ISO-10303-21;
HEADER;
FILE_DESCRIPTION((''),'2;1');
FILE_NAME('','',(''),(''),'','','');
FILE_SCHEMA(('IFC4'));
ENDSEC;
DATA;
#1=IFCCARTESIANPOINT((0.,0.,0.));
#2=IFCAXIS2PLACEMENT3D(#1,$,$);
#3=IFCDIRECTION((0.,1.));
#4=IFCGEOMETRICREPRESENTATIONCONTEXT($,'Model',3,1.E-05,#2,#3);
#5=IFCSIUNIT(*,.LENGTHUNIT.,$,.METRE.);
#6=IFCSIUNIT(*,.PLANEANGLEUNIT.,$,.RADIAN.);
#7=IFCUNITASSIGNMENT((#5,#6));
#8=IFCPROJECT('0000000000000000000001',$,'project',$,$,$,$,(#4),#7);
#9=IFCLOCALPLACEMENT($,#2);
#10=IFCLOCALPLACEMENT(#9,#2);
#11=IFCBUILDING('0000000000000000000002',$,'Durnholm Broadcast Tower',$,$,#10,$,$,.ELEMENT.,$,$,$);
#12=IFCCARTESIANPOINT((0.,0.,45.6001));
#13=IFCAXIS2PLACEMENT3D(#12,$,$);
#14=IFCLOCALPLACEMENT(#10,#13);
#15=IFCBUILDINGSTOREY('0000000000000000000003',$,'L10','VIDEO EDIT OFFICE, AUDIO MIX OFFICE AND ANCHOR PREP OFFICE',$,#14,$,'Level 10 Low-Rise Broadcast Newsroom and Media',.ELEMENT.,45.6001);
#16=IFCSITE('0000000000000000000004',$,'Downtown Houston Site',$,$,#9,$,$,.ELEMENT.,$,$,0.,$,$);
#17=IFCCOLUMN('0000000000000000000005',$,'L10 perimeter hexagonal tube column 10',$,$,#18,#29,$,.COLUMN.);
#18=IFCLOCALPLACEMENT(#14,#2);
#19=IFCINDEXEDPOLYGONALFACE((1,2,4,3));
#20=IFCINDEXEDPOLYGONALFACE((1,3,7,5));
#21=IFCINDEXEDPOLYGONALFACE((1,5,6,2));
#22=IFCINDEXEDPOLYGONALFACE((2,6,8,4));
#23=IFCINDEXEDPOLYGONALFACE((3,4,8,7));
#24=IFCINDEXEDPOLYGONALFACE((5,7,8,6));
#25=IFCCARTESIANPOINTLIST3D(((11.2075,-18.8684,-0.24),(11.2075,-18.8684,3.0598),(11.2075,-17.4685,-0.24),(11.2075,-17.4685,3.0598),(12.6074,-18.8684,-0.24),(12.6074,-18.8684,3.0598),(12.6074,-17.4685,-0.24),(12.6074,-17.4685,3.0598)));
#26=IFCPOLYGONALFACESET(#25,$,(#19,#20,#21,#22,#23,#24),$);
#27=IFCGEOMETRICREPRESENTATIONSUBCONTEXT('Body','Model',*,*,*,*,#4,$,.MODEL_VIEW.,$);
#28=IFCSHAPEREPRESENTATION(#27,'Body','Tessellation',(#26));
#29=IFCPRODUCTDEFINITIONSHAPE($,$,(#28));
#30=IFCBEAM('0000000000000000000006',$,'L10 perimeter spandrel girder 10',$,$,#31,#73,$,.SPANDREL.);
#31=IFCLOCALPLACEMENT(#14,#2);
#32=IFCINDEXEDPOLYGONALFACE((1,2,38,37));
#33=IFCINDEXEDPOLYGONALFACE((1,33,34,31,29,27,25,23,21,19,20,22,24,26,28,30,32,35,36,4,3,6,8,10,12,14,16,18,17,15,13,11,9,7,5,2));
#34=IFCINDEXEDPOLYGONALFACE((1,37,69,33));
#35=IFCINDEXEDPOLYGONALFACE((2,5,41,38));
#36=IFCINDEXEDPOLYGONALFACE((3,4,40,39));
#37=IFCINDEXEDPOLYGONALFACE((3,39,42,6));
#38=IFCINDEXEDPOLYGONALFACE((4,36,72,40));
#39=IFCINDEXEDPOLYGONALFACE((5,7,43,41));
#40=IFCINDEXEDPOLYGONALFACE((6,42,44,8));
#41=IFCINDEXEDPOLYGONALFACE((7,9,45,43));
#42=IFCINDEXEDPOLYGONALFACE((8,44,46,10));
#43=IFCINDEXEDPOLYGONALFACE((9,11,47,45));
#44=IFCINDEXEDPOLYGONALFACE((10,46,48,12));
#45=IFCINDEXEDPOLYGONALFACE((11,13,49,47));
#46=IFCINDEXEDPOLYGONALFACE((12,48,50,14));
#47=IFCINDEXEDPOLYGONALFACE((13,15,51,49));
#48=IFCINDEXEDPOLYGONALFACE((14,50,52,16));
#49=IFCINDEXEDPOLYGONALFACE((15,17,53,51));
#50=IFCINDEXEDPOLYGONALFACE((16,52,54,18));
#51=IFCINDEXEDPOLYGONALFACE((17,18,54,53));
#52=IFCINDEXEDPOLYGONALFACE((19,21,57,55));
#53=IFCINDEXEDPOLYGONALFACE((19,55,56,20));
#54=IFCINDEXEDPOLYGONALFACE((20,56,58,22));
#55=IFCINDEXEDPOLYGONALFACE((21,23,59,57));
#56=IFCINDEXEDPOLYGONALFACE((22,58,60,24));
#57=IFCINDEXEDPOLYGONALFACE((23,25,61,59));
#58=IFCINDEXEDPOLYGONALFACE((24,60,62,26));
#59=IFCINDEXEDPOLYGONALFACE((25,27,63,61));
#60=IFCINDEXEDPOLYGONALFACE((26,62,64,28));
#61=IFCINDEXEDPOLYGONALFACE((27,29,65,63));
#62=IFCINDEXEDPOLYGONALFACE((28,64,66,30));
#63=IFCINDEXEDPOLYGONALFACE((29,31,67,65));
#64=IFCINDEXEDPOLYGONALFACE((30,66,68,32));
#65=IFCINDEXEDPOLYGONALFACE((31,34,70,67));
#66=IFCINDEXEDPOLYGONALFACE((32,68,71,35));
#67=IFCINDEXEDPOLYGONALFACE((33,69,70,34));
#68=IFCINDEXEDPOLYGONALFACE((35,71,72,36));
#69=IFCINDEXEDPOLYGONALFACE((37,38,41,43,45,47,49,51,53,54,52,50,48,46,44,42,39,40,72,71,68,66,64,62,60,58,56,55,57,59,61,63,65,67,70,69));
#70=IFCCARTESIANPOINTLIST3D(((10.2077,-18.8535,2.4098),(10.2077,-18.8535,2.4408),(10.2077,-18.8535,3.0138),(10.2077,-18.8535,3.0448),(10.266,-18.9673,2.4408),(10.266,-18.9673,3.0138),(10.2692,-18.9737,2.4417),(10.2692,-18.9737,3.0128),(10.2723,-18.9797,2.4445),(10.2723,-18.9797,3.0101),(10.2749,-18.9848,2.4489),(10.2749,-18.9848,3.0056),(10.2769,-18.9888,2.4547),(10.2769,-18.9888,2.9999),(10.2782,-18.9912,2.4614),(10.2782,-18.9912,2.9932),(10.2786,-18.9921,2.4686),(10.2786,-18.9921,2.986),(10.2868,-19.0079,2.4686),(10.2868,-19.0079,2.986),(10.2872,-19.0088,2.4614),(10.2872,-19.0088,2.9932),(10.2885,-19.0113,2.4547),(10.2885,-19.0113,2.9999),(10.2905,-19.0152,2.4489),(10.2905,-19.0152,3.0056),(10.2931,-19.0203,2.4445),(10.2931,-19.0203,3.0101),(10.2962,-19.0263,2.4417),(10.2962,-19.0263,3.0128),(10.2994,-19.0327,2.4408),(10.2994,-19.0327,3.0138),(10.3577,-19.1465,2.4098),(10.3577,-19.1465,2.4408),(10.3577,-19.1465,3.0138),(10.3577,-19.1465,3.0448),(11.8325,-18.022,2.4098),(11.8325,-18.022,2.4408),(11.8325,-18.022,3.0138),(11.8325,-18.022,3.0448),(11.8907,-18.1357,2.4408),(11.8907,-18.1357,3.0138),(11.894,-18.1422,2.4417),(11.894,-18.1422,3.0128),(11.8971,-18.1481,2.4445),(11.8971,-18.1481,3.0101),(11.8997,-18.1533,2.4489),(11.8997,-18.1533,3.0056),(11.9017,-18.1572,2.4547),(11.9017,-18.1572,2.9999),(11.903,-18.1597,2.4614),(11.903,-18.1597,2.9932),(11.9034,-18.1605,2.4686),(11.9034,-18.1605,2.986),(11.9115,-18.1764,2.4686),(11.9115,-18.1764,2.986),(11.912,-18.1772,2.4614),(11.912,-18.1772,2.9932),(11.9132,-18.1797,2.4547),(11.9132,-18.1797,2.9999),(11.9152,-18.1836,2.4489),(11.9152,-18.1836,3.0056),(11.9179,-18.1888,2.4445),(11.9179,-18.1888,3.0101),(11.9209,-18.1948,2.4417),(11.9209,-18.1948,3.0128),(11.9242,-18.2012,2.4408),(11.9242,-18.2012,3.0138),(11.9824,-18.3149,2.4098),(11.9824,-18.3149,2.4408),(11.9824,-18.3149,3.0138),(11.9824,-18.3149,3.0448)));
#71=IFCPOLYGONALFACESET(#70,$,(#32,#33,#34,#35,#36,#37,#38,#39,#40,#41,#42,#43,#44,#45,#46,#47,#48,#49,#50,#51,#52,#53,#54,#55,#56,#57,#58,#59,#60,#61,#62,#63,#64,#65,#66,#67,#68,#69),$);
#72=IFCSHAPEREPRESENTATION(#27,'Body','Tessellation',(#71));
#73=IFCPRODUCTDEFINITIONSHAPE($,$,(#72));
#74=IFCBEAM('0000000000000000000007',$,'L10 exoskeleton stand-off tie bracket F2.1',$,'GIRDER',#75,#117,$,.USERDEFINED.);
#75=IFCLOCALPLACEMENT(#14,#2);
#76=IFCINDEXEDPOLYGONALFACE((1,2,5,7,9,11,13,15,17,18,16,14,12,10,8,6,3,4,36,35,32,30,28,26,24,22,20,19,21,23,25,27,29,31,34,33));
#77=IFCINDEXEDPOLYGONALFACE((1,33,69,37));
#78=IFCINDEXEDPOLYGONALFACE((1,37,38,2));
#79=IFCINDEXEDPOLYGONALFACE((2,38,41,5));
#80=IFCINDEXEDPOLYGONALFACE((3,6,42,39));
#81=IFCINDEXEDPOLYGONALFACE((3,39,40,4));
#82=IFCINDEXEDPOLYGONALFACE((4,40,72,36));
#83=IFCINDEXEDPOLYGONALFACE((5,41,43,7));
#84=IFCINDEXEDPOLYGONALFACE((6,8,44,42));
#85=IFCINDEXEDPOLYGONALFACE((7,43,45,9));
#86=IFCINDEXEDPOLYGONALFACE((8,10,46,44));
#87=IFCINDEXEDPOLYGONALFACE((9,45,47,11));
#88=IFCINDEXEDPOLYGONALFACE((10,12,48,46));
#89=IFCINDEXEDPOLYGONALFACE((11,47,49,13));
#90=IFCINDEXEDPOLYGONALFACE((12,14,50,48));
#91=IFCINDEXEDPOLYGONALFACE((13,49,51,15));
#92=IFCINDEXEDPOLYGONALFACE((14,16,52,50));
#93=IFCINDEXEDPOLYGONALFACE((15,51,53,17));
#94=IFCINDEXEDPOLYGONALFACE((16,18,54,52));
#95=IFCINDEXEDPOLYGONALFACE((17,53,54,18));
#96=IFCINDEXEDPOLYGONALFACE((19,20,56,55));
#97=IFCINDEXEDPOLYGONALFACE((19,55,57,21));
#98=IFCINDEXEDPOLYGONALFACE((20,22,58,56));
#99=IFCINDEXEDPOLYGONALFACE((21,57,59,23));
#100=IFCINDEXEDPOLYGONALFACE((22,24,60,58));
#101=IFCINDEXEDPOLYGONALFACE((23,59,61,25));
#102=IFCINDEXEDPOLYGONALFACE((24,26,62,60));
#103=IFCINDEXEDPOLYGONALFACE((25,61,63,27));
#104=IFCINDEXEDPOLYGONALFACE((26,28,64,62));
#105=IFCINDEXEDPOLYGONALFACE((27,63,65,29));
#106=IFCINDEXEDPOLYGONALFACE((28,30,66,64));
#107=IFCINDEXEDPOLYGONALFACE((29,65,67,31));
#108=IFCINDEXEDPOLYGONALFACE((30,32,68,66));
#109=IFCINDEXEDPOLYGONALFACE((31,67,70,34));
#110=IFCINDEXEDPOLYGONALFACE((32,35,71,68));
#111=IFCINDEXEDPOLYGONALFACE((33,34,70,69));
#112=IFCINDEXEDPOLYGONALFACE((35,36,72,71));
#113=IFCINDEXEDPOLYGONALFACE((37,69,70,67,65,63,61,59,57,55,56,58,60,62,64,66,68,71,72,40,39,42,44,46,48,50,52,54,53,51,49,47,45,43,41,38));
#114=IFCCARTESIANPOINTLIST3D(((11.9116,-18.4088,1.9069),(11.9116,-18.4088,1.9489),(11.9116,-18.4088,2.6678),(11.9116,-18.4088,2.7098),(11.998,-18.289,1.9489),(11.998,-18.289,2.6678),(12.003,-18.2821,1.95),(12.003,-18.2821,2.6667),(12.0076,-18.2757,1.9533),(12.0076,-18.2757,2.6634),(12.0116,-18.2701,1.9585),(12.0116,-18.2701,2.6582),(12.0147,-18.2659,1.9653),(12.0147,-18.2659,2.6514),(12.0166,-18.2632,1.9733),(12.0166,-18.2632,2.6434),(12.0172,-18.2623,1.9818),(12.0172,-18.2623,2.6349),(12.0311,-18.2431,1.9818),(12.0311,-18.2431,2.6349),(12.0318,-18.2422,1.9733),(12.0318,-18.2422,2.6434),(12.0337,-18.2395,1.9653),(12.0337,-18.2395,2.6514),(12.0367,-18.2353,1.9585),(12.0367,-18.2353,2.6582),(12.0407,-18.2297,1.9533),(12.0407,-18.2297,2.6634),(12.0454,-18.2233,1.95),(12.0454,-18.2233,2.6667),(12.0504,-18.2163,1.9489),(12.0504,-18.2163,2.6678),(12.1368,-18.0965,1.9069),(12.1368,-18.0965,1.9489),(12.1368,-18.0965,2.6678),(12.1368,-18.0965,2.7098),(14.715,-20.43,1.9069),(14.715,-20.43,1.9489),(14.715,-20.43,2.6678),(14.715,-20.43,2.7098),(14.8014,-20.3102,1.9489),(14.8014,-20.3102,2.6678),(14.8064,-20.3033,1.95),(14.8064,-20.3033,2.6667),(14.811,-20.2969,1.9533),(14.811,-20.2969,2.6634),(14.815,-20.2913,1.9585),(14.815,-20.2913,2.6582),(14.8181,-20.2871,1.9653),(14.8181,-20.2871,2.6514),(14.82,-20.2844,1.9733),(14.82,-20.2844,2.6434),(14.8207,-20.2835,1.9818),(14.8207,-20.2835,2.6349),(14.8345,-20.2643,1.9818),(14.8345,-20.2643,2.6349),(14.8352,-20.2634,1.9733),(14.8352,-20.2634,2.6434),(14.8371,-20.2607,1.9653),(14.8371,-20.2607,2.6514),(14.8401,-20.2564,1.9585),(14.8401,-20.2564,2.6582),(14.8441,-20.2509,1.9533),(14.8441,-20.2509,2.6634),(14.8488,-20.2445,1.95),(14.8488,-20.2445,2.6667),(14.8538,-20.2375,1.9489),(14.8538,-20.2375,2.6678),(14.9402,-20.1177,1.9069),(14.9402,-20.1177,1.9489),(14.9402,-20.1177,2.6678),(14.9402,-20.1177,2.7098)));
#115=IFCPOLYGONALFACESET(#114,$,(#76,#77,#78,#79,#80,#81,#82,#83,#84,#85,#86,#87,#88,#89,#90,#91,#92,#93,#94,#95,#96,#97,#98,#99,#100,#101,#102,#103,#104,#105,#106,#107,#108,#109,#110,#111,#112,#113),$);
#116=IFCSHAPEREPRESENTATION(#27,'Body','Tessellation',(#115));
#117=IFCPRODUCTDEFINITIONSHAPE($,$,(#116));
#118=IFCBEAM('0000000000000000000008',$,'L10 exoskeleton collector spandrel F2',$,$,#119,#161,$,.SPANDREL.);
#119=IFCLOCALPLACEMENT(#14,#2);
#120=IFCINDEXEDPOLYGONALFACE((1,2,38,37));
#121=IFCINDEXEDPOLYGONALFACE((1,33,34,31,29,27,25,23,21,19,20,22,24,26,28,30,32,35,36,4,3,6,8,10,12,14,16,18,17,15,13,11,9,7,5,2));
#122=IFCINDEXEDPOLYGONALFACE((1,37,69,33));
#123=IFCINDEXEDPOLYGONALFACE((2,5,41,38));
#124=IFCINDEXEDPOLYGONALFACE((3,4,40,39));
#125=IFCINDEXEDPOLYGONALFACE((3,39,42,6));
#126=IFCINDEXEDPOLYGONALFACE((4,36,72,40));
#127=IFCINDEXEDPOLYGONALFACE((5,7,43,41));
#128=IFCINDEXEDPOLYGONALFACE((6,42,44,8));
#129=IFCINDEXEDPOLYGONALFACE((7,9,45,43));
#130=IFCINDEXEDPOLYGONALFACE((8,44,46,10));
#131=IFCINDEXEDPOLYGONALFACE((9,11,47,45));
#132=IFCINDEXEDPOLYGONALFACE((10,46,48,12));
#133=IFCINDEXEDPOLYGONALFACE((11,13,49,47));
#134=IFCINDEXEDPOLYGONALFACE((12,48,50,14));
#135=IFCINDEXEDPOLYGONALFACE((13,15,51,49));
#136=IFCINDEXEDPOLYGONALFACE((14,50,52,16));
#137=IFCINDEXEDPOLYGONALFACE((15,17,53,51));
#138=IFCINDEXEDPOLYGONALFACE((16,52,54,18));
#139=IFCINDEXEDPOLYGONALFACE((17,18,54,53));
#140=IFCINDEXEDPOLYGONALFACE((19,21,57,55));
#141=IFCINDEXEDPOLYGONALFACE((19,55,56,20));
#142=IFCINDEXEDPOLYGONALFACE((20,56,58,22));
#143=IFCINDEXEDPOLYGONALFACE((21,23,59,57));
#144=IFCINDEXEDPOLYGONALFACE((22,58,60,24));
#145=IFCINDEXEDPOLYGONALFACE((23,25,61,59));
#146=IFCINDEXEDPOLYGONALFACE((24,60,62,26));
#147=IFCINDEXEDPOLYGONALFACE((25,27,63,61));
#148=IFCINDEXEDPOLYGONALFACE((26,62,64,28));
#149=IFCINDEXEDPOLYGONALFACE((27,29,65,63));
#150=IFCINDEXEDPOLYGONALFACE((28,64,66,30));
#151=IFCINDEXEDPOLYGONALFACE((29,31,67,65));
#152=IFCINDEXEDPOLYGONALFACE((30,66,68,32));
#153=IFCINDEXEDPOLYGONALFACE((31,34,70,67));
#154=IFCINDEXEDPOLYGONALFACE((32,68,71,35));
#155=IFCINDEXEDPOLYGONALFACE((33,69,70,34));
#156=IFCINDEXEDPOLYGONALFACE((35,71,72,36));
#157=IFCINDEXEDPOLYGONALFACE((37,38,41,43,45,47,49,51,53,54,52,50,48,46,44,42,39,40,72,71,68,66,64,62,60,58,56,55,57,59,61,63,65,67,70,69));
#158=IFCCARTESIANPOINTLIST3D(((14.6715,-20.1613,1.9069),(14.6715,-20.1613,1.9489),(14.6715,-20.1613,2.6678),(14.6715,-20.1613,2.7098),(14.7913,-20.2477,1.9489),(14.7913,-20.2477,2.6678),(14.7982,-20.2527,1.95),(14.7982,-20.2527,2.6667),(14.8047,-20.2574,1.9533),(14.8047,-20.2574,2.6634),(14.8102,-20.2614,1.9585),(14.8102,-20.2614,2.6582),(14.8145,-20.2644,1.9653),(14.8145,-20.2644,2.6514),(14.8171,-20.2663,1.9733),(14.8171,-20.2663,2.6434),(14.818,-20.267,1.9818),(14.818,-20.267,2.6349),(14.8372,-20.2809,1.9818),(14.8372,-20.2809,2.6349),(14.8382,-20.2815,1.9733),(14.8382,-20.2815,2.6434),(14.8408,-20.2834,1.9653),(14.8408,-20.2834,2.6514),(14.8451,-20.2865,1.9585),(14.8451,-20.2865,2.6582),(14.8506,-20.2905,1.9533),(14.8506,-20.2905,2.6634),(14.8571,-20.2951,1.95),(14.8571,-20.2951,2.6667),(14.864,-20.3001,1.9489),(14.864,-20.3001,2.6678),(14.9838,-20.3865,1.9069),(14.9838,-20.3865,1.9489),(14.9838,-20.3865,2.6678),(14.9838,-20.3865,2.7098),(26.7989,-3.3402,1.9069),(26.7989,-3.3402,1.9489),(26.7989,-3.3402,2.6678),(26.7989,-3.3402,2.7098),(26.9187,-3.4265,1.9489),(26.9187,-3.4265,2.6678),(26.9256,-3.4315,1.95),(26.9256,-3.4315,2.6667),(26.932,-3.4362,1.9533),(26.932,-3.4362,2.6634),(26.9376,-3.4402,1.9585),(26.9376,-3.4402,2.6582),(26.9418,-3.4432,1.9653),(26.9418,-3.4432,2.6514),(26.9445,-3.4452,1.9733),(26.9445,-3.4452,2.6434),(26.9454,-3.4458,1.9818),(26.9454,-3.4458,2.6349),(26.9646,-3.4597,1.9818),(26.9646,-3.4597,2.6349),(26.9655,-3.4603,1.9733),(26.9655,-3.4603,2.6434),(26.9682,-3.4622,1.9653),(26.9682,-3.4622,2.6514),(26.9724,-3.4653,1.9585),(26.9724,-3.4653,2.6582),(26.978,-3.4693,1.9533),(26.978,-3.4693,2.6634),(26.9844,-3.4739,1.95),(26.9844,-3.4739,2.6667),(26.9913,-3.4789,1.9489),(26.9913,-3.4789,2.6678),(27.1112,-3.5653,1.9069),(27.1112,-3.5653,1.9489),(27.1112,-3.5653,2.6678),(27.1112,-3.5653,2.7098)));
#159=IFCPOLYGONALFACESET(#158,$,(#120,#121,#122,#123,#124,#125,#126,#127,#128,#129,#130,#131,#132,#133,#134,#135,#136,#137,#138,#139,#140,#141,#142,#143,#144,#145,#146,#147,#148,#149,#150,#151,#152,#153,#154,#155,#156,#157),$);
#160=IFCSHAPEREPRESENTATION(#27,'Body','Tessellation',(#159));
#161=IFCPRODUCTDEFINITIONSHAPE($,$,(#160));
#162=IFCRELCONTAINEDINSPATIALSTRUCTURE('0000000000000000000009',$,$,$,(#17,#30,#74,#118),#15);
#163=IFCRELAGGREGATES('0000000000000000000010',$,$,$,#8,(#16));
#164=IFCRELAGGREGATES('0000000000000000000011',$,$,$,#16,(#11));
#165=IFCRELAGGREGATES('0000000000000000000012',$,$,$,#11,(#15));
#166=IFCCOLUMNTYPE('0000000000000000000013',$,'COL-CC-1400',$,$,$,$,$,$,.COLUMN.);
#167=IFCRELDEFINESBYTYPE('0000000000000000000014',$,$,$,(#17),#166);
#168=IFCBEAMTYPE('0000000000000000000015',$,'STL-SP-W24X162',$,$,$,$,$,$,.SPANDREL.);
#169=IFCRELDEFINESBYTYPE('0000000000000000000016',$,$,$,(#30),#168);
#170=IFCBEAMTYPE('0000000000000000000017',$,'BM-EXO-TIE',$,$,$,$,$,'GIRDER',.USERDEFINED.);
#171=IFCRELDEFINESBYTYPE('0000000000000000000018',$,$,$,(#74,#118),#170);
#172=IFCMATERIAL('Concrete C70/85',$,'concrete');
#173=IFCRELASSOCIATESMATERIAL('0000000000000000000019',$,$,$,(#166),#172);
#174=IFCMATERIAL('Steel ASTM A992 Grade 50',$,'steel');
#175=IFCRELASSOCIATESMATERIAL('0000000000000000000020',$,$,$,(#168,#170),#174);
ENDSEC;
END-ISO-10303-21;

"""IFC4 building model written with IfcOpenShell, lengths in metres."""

from ifc_helpers import new_model, si_unit, direction, frame, origin, origin_2d, place, context, subcontext, project, spatial, rectangle, i_section, extrude, source, transform, mapped, material, material_profile, profile_set, type_object, type_shapes, element, save


model = new_model("IFC4")

# Units and contexts
model_context = context("Model", 3, precision=1e-05, world=origin(), true_north=direction((0.0, 1.0)))
body_context = subcontext(model_context, "Body", "Model", "MODEL_VIEW")
ifc_project = project(units=[si_unit("LENGTHUNIT", "METRE"), si_unit("PLANEANGLEUNIT", "RADIAN")], contexts=[model_context])

# Site, building, storey
site_placement = place(None, origin())
site = spatial("IfcSite", under=ifc_project, at=site_placement, Name="Downtown Houston Site", CompositionType="ELEMENT", RefElevation=0.0)
building_placement = place(site_placement, origin())
building = spatial("IfcBuilding", under=site, at=building_placement, Name="Durnholm Broadcast Tower", CompositionType="ELEMENT")
storey_placement = place(building_placement, frame((0.0, 0.0, 45.6001)))
storey = spatial("IfcBuildingStorey", under=building, at=storey_placement, Name="L10", Description="VIDEO EDIT OFFICE, AUDIO MIX OFFICE AND ANCHOR PREP OFFICE", LongName="Level 10 Low-Rise Broadcast Newsroom and Media", CompositionType="ELEMENT", Elevation=45.6001)

# Column
ifc_material_1 = material(Name="Concrete C70/85", Category="concrete")
ifc_material_profile_1 = material_profile(ifc_material_1, rectangle(XDim=1.3999, YDim=1.3999, at=origin_2d()), Name="RC1400X1400")
ifc_profile_set_1 = profile_set([ifc_material_profile_1], Name="Concrete C70/85")
column_type = type_object("IfcColumnType", Name="COL-CC-1400", PredefinedType="COLUMN", material=ifc_profile_set_1)
shared_shape_1 = source(origin(), body_context, "Body", "SweptSolid", [
    extrude(rectangle(XDim=1.3999, YDim=1.3999, at=origin_2d()), origin(), (0.0, 0.0, 1.0), 3.2998),
])
type_shapes(column_type, [shared_shape_1])
column_placement = place(storey_placement, frame((11.9075, -18.1685, -0.24), z_axis=(0.0, 0.0, 1.0), x_axis=(1.0, 0.0, 0.0)))
element("IfcColumn", 1, at=column_placement, inside=storey, type_object=column_type, Name="L10 perimeter hexagonal tube column 10", PredefinedType="COLUMN", context=body_context, shape_type="MappedRepresentation", body=[
    mapped(shared_shape_1, transform((0.0, 0.0, 0.0), x_axis=(1.0, 0.0, 0.0), y_axis=(0.0, 1.0, 0.0), z_axis=(0.0, 0.0, 1.0), scale=1.0)),
])

# Beams
ifc_material_2 = material(Name="Steel ASTM A992 Grade 50", Category="steel")
ifc_material_profile_2 = material_profile(ifc_material_2, i_section(OverallWidth=0.3291, OverallDepth=0.635, WebThickness=0.0178, FlangeThickness=0.031, FilletRadius=0.0278, at=origin_2d()), Name="W24X162")
ifc_profile_set_2 = profile_set([ifc_material_profile_2], Name="Steel ASTM A992 Grade 50")
beam_type_1 = type_object("IfcBeamType", Name="STL-SP-W24X162", PredefinedType="SPANDREL", material=ifc_profile_set_2)
shared_shape_2 = source(origin(), body_context, "Body", "SweptSolid", [
    extrude(i_section(OverallWidth=0.3291, OverallDepth=0.635, WebThickness=0.0178, FlangeThickness=0.031, FilletRadius=0.0278, at=origin_2d()), origin(), (0.0, 0.0, 1.0), 1.8252),
])
type_shapes(beam_type_1, [shared_shape_2])
beam_1_placement = place(storey_placement, frame((11.9075, -18.1685, 2.7273), z_axis=(-0.890188, -0.455594, 0.0), x_axis=(0.455594, -0.890188, 0.0)))
element("IfcBeam", 2, at=beam_1_placement, inside=storey, type_object=beam_type_1, Name="L10 perimeter spandrel girder 10", PredefinedType="SPANDREL", context=body_context, shape_type="MappedRepresentation", body=[
    mapped(shared_shape_2, transform((0.0, 0.0, 0.0), x_axis=(1.0, 0.0, 0.0), y_axis=(0.0, 1.0, 0.0), z_axis=(0.0, 0.0, 1.0), scale=1.0)),
])
ifc_material_profile_3 = material_profile(ifc_material_2, i_section(OverallWidth=0.385, OverallDepth=0.803, WebThickness=0.0237, FlangeThickness=0.042, FilletRadius=0.033, at=origin_2d()), Name="W30X261")
ifc_profile_set_3 = profile_set([ifc_material_profile_3], Name="Steel ASTM A992 Grade 50")
beam_type_2 = type_object("IfcBeamType", Name="BM-EXO-TIE", ElementType="GIRDER", PredefinedType="USERDEFINED", material=ifc_profile_set_3)
shared_shape_3 = source(origin(), body_context, "Body", "SweptSolid", [
    extrude(i_section(OverallWidth=0.385, OverallDepth=0.803, WebThickness=0.0237, FlangeThickness=0.042, FilletRadius=0.033, at=origin_2d()), origin(), (0.0, 0.0, 1.0), 3.4561),
])
beam_2_placement = place(storey_placement, frame((12.0242, -18.2527, 2.3083), z_axis=(0.811158, -0.584828, 0.0), x_axis=(0.584828, 0.811158, 0.0)))
element("IfcBeam", 3, at=beam_2_placement, inside=storey, type_object=beam_type_2, Name="L10 exoskeleton stand-off tie bracket F2.1", ObjectType="GIRDER", PredefinedType="USERDEFINED", context=body_context, shape_type="MappedRepresentation", body=[
    mapped(shared_shape_3, transform((0.0, 0.0, 0.0), x_axis=(1.0, 0.0, 0.0), y_axis=(0.0, 1.0, 0.0), z_axis=(0.0, 0.0, 1.0), scale=1.0)),
])
shared_shape_4 = source(origin(), body_context, "Body", "SweptSolid", [
    extrude(i_section(OverallWidth=0.385, OverallDepth=0.803, WebThickness=0.0237, FlangeThickness=0.042, FilletRadius=0.033, at=origin_2d()), origin(), (0.0, 0.0, 1.0), 20.7371),
])
type_shapes(beam_type_2, [shared_shape_3, shared_shape_4])
beam_3_placement = place(storey_placement, frame((14.8276, -20.2739, 2.3083), z_axis=(0.584816, 0.811166, 0.0), x_axis=(-0.811166, 0.584816, 0.0)))
element("IfcBeam", 4, at=beam_3_placement, inside=storey, type_object=beam_type_2, Name="L10 exoskeleton collector spandrel F2", PredefinedType="SPANDREL", context=body_context, shape_type="MappedRepresentation", body=[
    mapped(shared_shape_4, transform((0.0, 0.0, 0.0), x_axis=(1.0, 0.0, 0.0), y_axis=(0.0, 1.0, 0.0), z_axis=(0.0, 0.0, 1.0), scale=1.0)),
])

save(model, "model.ifc")
